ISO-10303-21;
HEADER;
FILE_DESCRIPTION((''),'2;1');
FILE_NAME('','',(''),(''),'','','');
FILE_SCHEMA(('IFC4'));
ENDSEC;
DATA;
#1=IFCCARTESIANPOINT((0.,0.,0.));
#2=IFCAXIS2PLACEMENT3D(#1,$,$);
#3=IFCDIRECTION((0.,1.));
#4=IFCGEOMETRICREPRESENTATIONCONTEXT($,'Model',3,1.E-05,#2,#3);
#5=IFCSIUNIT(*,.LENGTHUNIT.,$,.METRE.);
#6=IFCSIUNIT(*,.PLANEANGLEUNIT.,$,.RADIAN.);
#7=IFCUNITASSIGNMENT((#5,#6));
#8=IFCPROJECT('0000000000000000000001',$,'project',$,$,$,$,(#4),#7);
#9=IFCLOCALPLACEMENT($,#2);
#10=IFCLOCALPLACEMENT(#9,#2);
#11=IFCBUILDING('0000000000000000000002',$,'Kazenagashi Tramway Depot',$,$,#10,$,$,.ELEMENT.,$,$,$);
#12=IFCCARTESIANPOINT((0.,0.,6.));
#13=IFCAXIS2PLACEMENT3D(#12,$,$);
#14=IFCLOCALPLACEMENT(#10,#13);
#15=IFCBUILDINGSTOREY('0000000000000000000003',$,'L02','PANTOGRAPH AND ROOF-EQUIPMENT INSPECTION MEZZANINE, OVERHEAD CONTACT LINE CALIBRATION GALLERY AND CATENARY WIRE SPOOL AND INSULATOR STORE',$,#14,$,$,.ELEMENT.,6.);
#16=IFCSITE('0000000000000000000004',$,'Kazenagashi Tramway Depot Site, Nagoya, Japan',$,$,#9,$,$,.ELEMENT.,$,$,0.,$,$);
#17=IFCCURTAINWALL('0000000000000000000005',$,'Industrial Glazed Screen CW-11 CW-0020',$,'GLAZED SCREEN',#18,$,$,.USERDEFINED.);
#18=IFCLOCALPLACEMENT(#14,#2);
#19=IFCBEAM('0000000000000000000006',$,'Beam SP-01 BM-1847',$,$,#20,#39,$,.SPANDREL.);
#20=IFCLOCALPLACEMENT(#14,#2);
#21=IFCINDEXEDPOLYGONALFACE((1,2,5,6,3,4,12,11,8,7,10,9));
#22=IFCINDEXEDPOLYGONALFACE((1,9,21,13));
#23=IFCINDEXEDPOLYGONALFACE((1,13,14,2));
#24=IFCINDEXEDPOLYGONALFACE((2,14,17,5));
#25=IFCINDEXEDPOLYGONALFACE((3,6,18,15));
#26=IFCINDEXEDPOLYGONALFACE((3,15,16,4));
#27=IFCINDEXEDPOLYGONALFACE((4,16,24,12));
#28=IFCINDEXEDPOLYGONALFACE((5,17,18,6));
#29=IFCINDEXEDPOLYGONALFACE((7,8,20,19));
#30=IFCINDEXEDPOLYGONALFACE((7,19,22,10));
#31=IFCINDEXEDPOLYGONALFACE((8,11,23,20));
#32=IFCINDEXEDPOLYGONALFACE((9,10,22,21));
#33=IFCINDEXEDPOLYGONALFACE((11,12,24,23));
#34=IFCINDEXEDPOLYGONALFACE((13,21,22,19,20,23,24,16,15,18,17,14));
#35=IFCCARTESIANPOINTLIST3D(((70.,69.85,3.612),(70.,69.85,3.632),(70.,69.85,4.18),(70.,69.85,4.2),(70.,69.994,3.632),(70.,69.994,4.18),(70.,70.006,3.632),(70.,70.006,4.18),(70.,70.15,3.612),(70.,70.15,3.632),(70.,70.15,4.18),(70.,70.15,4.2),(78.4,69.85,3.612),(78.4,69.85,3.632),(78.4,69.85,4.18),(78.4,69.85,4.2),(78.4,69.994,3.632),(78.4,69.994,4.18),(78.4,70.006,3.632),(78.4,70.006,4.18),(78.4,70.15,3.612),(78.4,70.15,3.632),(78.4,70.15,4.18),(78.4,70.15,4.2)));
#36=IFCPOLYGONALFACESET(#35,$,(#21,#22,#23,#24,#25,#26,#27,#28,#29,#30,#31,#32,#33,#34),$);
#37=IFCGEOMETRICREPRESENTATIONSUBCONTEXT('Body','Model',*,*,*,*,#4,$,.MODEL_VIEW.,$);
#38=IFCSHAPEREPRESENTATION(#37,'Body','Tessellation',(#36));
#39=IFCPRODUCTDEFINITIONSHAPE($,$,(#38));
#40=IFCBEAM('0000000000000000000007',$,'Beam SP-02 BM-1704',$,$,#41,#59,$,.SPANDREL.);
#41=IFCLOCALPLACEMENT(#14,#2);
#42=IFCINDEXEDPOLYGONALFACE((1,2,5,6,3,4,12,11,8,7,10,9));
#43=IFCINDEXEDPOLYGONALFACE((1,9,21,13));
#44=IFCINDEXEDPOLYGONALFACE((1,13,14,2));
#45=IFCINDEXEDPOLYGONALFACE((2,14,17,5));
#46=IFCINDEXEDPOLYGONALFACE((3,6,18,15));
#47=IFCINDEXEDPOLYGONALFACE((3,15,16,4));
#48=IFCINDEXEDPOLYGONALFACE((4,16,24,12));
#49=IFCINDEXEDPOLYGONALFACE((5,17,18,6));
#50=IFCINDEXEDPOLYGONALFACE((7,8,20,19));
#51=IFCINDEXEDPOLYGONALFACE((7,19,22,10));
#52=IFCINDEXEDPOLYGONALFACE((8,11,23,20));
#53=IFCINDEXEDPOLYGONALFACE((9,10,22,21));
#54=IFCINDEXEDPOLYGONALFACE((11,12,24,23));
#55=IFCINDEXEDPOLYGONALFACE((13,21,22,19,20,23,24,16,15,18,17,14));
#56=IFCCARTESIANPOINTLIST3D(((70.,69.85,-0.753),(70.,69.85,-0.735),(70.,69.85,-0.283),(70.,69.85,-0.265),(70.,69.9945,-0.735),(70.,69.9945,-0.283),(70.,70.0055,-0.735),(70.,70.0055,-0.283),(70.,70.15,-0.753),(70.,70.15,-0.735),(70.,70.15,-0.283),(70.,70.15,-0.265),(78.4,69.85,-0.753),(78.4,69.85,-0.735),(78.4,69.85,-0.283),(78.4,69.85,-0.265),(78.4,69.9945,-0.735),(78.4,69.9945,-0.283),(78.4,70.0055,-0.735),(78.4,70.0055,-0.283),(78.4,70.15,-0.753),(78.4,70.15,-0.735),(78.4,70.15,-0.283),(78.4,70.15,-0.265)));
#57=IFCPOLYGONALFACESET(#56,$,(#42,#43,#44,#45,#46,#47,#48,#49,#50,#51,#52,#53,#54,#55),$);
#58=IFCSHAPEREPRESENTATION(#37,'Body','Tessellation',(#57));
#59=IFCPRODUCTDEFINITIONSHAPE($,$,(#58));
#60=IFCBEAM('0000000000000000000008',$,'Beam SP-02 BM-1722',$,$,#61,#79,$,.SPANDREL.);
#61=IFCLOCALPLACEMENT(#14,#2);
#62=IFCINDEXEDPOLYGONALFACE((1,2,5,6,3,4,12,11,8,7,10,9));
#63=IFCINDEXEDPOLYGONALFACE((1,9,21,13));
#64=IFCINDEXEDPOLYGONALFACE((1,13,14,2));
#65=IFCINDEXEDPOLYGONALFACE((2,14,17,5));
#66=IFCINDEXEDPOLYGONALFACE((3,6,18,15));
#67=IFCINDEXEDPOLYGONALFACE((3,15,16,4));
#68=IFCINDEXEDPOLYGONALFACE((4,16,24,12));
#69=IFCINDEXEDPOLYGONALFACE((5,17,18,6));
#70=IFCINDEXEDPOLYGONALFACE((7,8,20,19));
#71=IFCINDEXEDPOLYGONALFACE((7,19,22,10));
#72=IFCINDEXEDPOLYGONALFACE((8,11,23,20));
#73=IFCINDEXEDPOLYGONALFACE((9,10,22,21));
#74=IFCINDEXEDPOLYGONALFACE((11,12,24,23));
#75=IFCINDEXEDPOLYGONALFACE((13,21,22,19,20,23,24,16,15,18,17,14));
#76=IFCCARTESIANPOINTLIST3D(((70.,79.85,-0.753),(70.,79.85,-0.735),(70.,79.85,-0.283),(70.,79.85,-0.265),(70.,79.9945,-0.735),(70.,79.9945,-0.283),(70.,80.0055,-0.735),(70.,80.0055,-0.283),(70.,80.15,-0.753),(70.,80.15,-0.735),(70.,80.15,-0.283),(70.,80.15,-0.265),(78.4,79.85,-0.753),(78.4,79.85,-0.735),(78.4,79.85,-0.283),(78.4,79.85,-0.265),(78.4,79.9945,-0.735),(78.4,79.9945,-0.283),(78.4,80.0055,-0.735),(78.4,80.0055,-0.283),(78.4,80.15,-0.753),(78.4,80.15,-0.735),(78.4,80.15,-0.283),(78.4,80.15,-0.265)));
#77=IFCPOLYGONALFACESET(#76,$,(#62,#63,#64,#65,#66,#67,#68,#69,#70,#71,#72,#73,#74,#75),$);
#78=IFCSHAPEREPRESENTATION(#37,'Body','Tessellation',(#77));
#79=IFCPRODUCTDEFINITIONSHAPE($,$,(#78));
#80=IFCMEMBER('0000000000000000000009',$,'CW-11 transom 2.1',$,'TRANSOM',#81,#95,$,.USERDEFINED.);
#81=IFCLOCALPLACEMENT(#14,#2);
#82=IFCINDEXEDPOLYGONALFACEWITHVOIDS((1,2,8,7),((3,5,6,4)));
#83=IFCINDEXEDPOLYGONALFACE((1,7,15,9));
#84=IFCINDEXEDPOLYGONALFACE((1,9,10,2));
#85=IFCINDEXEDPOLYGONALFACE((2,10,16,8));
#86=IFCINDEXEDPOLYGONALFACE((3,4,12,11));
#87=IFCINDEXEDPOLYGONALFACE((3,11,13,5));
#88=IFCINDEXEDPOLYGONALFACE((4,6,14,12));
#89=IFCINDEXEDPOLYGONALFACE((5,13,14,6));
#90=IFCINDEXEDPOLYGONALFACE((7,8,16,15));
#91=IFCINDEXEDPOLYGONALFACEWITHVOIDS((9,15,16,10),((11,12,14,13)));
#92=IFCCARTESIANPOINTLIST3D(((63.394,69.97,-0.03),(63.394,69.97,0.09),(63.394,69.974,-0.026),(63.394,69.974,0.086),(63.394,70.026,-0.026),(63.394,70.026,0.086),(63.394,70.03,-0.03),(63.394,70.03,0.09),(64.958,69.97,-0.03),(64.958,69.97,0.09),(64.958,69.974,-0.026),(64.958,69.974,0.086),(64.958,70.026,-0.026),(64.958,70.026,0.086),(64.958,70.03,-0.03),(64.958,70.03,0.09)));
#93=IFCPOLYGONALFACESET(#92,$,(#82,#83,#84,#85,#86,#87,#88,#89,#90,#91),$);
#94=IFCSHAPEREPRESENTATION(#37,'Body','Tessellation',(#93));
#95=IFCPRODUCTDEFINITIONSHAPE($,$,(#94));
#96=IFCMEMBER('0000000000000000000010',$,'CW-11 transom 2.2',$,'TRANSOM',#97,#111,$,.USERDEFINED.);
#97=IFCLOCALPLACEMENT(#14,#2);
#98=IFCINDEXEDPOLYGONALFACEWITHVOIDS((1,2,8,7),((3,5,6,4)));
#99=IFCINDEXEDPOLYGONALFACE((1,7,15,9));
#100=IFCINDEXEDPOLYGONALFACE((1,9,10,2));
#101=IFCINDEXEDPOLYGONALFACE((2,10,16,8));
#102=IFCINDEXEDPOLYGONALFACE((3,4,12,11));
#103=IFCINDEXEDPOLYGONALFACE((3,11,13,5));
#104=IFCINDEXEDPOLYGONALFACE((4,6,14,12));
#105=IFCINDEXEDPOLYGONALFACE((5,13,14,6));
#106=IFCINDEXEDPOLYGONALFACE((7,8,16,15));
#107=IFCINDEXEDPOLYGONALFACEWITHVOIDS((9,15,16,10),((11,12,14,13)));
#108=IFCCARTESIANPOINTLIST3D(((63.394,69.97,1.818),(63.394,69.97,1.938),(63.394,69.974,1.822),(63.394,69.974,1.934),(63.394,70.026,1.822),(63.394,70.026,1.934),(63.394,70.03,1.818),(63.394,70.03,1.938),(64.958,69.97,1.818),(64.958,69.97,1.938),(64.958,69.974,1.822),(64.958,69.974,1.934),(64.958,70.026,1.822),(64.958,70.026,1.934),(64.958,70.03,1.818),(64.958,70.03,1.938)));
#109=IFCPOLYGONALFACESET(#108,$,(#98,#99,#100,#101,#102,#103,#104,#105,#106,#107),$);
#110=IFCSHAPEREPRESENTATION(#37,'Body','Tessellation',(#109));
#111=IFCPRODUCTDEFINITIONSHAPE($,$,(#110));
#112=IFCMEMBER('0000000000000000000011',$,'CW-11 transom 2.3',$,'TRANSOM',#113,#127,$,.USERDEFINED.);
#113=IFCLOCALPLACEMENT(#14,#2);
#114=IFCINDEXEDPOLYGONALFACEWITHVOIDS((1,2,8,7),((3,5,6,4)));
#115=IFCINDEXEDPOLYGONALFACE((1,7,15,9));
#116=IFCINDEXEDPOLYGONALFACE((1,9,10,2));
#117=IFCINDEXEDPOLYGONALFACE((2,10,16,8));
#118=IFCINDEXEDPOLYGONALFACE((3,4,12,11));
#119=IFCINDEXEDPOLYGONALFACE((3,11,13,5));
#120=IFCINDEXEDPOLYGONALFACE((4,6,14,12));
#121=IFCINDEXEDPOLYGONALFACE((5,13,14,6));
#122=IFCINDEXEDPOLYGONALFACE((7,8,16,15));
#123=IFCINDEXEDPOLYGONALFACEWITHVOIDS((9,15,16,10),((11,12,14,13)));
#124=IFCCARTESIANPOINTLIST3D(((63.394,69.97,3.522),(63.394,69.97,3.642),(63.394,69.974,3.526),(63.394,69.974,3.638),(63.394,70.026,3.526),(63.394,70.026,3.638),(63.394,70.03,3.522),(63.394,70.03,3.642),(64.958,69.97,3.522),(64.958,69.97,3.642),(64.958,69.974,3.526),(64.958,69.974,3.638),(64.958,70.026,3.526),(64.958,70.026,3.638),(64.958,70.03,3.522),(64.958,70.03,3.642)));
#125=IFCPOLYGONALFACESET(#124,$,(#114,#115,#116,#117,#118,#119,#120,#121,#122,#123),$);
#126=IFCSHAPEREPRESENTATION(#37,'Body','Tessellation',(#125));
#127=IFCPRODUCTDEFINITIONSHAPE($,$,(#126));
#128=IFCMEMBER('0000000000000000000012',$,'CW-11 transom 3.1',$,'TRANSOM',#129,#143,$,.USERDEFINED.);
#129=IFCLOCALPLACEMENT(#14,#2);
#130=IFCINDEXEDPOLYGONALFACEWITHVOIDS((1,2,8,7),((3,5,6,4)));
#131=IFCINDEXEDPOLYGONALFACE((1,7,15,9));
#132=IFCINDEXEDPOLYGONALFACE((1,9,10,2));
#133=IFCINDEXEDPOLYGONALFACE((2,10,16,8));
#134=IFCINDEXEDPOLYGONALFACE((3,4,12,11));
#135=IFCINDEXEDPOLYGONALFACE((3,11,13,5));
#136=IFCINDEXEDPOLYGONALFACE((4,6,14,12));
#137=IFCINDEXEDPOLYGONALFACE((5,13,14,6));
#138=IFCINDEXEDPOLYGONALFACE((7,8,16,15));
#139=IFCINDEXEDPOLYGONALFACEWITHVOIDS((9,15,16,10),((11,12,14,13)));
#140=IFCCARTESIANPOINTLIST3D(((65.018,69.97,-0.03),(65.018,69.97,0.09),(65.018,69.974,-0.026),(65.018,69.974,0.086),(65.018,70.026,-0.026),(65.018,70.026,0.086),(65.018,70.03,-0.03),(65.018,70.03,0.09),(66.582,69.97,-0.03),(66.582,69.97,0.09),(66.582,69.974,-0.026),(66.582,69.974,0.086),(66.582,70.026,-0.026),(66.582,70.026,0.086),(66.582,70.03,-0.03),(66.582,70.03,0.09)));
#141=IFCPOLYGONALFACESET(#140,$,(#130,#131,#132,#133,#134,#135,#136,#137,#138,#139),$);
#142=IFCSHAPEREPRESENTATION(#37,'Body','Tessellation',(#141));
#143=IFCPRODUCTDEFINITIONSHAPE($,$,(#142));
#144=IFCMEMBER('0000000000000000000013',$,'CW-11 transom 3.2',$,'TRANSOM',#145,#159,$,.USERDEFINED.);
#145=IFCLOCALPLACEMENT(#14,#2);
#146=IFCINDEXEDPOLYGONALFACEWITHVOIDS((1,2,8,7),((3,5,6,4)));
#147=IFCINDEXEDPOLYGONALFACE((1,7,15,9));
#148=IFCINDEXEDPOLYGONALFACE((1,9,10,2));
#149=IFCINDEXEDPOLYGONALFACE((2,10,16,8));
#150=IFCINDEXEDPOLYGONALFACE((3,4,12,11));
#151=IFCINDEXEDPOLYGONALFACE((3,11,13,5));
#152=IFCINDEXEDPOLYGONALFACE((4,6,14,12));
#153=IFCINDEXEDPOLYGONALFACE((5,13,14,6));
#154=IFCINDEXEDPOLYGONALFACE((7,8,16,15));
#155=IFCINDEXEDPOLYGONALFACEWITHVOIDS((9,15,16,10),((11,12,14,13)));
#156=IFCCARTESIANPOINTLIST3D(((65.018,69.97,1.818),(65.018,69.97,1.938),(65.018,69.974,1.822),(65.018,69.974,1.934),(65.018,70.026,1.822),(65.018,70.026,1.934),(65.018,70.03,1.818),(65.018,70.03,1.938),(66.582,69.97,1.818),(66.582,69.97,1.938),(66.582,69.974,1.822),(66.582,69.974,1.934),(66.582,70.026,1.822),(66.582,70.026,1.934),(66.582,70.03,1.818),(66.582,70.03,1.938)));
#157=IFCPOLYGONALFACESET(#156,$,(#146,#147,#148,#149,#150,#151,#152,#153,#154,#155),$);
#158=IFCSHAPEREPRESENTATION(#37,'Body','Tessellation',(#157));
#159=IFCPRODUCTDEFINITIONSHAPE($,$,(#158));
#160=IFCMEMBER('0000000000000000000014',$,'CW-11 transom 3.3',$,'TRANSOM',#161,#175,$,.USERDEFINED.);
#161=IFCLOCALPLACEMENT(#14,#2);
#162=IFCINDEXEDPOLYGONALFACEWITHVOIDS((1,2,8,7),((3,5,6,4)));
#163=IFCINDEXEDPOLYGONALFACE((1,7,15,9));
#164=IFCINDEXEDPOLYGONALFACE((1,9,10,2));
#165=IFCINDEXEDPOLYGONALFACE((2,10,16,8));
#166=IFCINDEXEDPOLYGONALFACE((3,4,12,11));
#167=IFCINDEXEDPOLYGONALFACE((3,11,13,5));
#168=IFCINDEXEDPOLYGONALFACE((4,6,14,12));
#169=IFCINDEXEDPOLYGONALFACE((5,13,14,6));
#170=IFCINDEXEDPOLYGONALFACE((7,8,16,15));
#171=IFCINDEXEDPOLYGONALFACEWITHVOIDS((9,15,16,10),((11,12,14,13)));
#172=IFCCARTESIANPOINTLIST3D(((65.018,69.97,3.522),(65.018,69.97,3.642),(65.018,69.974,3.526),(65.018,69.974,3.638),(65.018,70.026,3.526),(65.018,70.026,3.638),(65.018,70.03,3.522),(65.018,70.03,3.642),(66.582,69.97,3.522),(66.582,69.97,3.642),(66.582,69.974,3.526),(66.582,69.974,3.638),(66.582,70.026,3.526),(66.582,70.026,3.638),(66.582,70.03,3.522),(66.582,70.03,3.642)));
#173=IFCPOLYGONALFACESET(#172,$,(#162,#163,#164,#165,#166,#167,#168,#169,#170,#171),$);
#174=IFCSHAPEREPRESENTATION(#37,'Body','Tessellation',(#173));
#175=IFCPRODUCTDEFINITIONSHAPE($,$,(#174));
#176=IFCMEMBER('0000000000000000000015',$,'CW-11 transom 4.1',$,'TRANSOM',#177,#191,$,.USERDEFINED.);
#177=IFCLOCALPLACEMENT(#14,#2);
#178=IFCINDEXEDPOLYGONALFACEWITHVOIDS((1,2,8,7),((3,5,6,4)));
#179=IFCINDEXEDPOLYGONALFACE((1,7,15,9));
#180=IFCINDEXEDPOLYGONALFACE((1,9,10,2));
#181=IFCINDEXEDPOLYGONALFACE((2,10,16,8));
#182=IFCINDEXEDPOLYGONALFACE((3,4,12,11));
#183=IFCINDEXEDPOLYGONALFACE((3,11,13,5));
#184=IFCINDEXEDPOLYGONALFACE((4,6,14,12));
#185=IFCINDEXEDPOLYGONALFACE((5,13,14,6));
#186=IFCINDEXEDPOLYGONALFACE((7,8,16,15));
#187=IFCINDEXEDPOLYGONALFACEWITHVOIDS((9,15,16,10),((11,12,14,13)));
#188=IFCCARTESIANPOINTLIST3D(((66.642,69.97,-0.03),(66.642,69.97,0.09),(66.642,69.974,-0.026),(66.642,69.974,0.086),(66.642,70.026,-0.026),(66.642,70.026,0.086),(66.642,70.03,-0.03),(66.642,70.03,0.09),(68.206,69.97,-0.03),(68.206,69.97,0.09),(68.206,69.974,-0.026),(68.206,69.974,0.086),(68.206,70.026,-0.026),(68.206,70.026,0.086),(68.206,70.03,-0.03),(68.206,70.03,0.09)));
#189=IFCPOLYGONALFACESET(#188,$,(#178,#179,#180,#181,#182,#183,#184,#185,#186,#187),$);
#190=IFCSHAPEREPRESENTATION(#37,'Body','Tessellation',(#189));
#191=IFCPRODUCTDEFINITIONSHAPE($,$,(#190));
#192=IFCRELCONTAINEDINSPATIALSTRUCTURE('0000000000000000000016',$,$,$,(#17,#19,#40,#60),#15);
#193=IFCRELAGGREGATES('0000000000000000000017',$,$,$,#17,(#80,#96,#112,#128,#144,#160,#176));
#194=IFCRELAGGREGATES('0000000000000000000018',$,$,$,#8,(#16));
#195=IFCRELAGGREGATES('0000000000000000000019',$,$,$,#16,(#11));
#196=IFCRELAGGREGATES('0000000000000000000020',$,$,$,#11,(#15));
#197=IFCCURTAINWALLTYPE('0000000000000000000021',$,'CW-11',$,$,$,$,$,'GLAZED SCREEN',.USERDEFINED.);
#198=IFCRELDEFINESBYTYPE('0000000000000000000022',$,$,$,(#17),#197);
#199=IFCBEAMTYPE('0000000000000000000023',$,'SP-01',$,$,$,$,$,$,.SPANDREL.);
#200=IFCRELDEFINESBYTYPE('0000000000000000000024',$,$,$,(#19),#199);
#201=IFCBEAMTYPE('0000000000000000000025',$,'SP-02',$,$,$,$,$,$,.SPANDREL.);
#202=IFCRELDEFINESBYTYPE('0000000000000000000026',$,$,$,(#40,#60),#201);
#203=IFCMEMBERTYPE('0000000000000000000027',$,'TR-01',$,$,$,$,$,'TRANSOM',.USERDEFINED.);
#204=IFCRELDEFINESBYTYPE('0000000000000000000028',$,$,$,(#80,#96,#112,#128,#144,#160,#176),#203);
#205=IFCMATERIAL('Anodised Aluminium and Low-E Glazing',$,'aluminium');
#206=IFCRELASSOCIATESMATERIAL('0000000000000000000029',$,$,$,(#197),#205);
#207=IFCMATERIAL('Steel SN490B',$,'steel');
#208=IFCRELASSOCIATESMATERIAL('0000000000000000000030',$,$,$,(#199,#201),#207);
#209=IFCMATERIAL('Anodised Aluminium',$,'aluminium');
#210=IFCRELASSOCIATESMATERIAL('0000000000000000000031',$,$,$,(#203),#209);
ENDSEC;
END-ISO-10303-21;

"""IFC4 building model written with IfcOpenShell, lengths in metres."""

from ifc_helpers import new_model, si_unit, direction, frame, origin, origin_2d, place, context, subcontext, project, spatial, hollow_rectangle, i_section, extrude, material, material_profile, profile_set, type_object, element, aggregate, save


model = new_model("IFC4")

# Units and contexts
model_context = context("Model", 3, precision=1e-05, world=origin(), true_north=direction((0.0, 1.0)))
body_context = subcontext(model_context, "Body", "Model", "MODEL_VIEW")
ifc_project = project(units=[si_unit("LENGTHUNIT", "METRE"), si_unit("PLANEANGLEUNIT", "RADIAN")], contexts=[model_context])

# Site, building, storey
site_placement = place(None, origin())
site = spatial("IfcSite", under=ifc_project, at=site_placement, Name="Kazenagashi Tramway Depot Site, Nagoya, Japan", CompositionType="ELEMENT", RefElevation=0.0)
building_placement = place(site_placement, origin())
building = spatial("IfcBuilding", under=site, at=building_placement, Name="Kazenagashi Tramway Depot", CompositionType="ELEMENT")
storey_placement = place(building_placement, frame((0.0, 0.0, 6.0)))
storey = spatial("IfcBuildingStorey", under=building, at=storey_placement, Name="L02", Description="PANTOGRAPH AND ROOF-EQUIPMENT INSPECTION MEZZANINE, OVERHEAD CONTACT LINE CALIBRATION GALLERY AND CATENARY WIRE SPOOL AND INSULATOR STORE", CompositionType="ELEMENT", Elevation=6.0)

# Shared definitions
ifc_material_1 = material(Name="Steel SN490B", Category="steel")

# Curtain wall
ifc_material_2 = material(Name="Anodised Aluminium and Low-E Glazing", Category="aluminium")
curtain_wall_type = type_object("IfcCurtainWallType", Name="CW-11", ElementType="GLAZED SCREEN", PredefinedType="USERDEFINED", material=ifc_material_2)
curtain_wall_placement = place(storey_placement, origin())
curtain_wall = element("IfcCurtainWall", 1, at=curtain_wall_placement, inside=storey, type_object=curtain_wall_type, Name="Industrial Glazed Screen CW-11 CW-0020", ObjectType="GLAZED SCREEN", PredefinedType="USERDEFINED")
ifc_material_3 = material(Name="Anodised Aluminium", Category="aluminium")

# Beams
ifc_material_profile_1 = material_profile(ifc_material_1, i_section(OverallWidth=0.3, OverallDepth=0.588, WebThickness=0.012, FlangeThickness=0.02, at=origin_2d()), Name="H-588x300x12x20")
ifc_profile_set_1 = profile_set([ifc_material_profile_1], Name="Steel SN490B")
beam_type_1 = type_object("IfcBeamType", Name="SP-01", PredefinedType="SPANDREL", material=ifc_profile_set_1)
beam_1_placement = place(storey_placement, frame((70.0, 70.0, 3.906), z_axis=(1.0, 0.0, 0.0), x_axis=(0.0, 1.0, 0.0)))
element("IfcBeam", 2, at=beam_1_placement, inside=storey, type_object=beam_type_1, Name="Beam SP-01 BM-1847", PredefinedType="SPANDREL", context=body_context, shape_type="SweptSolid", body=[
    extrude(i_section(OverallWidth=0.3, OverallDepth=0.588, WebThickness=0.012, FlangeThickness=0.02, at=origin_2d()), origin(), (0.0, 0.0, 1.0), 8.4),
])
ifc_material_profile_2 = material_profile(ifc_material_1, i_section(OverallWidth=0.3, OverallDepth=0.488, WebThickness=0.011, FlangeThickness=0.018, at=origin_2d()), Name="H-488x300x11x18")
ifc_profile_set_2 = profile_set([ifc_material_profile_2], Name="Steel SN490B")
beam_type_2 = type_object("IfcBeamType", Name="SP-02", PredefinedType="SPANDREL", material=ifc_profile_set_2)
for number, where, z_axis, x_axis, name in (
    (3, (70.0, 70.0, -0.509), (1.0, 0.0, 0.0), (0.0, 1.0, 0.0), "Beam SP-02 BM-1704"),
    (4, (70.0, 80.0, -0.509), (1.0, 0.0, 0.0), (0.0, 1.0, 0.0), "Beam SP-02 BM-1722"),
):
    element("IfcBeam", number, at=place(storey_placement, frame(where, z_axis=z_axis, x_axis=x_axis)), inside=storey, type_object=beam_type_2, Name=name, PredefinedType="SPANDREL", context=body_context, shape_type="SweptSolid", body=[
        extrude(i_section(OverallWidth=0.3, OverallDepth=0.488, WebThickness=0.011, FlangeThickness=0.018, at=origin_2d()), origin(), (0.0, 0.0, 1.0), 8.4),
    ])

# Members
ifc_material_profile_3 = material_profile(ifc_material_3, hollow_rectangle(XDim=0.06, YDim=0.12, WallThickness=0.004, at=origin_2d()), Name="RHS-120x60x4")
ifc_profile_set_3 = profile_set([ifc_material_profile_3], Name="Anodised Aluminium")
member_type_1 = type_object("IfcMemberType", Name="TR-01", ElementType="TRANSOM", PredefinedType="USERDEFINED", material=ifc_profile_set_3)
member_1_placement = place(storey_placement, frame((63.394, 70.0, 0.03), z_axis=(1.0, 0.0, 0.0), x_axis=(0.0, 1.0, 0.0)))
member_1 = element("IfcMember", 5, at=member_1_placement, type_object=member_type_1, Name="CW-11 transom 2.1", ObjectType="TRANSOM", PredefinedType="USERDEFINED", context=body_context, shape_type="SweptSolid", body=[
    extrude(hollow_rectangle(XDim=0.06, YDim=0.12, WallThickness=0.004, at=origin_2d()), origin(), (0.0, 0.0, 1.0), 1.564),
])
member_2_placement = place(storey_placement, frame((63.394, 70.0, 1.878), z_axis=(1.0, 0.0, 0.0), x_axis=(0.0, 1.0, 0.0)))
member_2 = element("IfcMember", 6, at=member_2_placement, type_object=member_type_1, Name="CW-11 transom 2.2", ObjectType="TRANSOM", PredefinedType="USERDEFINED", context=body_context, shape_type="SweptSolid", body=[
    extrude(hollow_rectangle(XDim=0.06, YDim=0.12, WallThickness=0.004, at=origin_2d()), origin(), (0.0, 0.0, 1.0), 1.564),
])
member_3_placement = place(storey_placement, frame((63.394, 70.0, 3.582), z_axis=(1.0, 0.0, 0.0), x_axis=(0.0, 1.0, 0.0)))
member_3 = element("IfcMember", 7, at=member_3_placement, type_object=member_type_1, Name="CW-11 transom 2.3", ObjectType="TRANSOM", PredefinedType="USERDEFINED", context=body_context, shape_type="SweptSolid", body=[
    extrude(hollow_rectangle(XDim=0.06, YDim=0.12, WallThickness=0.004, at=origin_2d()), origin(), (0.0, 0.0, 1.0), 1.564),
])
member_4_placement = place(storey_placement, frame((65.018, 70.0, 0.03), z_axis=(1.0, 0.0, 0.0), x_axis=(0.0, 1.0, 0.0)))
member_4 = element("IfcMember", 8, at=member_4_placement, type_object=member_type_1, Name="CW-11 transom 3.1", ObjectType="TRANSOM", PredefinedType="USERDEFINED", context=body_context, shape_type="SweptSolid", body=[
    extrude(hollow_rectangle(XDim=0.06, YDim=0.12, WallThickness=0.004, at=origin_2d()), origin(), (0.0, 0.0, 1.0), 1.564),
])
member_5_placement = place(storey_placement, frame((65.018, 70.0, 1.878), z_axis=(1.0, 0.0, 0.0), x_axis=(0.0, 1.0, 0.0)))
member_5 = element("IfcMember", 9, at=member_5_placement, type_object=member_type_1, Name="CW-11 transom 3.2", ObjectType="TRANSOM", PredefinedType="USERDEFINED", context=body_context, shape_type="SweptSolid", body=[
    extrude(hollow_rectangle(XDim=0.06, YDim=0.12, WallThickness=0.004, at=origin_2d()), origin(), (0.0, 0.0, 1.0), 1.564),
])
member_6_placement = place(storey_placement, frame((65.018, 70.0, 3.582), z_axis=(1.0, 0.0, 0.0), x_axis=(0.0, 1.0, 0.0)))
member_6 = element("IfcMember", 10, at=member_6_placement, type_object=member_type_1, Name="CW-11 transom 3.3", ObjectType="TRANSOM", PredefinedType="USERDEFINED", context=body_context, shape_type="SweptSolid", body=[
    extrude(hollow_rectangle(XDim=0.06, YDim=0.12, WallThickness=0.004, at=origin_2d()), origin(), (0.0, 0.0, 1.0), 1.564),
])
member_7_placement = place(storey_placement, frame((66.642, 70.0, 0.03), z_axis=(1.0, 0.0, 0.0), x_axis=(0.0, 1.0, 0.0)))
member_7 = element("IfcMember", 11, at=member_7_placement, type_object=member_type_1, Name="CW-11 transom 4.1", ObjectType="TRANSOM", PredefinedType="USERDEFINED", context=body_context, shape_type="SweptSolid", body=[
    extrude(hollow_rectangle(XDim=0.06, YDim=0.12, WallThickness=0.004, at=origin_2d()), origin(), (0.0, 0.0, 1.0), 1.564),
])

aggregate(curtain_wall, [member_1, member_2, member_3, member_4, member_5, member_6, member_7])

save(model, "model.ifc")
